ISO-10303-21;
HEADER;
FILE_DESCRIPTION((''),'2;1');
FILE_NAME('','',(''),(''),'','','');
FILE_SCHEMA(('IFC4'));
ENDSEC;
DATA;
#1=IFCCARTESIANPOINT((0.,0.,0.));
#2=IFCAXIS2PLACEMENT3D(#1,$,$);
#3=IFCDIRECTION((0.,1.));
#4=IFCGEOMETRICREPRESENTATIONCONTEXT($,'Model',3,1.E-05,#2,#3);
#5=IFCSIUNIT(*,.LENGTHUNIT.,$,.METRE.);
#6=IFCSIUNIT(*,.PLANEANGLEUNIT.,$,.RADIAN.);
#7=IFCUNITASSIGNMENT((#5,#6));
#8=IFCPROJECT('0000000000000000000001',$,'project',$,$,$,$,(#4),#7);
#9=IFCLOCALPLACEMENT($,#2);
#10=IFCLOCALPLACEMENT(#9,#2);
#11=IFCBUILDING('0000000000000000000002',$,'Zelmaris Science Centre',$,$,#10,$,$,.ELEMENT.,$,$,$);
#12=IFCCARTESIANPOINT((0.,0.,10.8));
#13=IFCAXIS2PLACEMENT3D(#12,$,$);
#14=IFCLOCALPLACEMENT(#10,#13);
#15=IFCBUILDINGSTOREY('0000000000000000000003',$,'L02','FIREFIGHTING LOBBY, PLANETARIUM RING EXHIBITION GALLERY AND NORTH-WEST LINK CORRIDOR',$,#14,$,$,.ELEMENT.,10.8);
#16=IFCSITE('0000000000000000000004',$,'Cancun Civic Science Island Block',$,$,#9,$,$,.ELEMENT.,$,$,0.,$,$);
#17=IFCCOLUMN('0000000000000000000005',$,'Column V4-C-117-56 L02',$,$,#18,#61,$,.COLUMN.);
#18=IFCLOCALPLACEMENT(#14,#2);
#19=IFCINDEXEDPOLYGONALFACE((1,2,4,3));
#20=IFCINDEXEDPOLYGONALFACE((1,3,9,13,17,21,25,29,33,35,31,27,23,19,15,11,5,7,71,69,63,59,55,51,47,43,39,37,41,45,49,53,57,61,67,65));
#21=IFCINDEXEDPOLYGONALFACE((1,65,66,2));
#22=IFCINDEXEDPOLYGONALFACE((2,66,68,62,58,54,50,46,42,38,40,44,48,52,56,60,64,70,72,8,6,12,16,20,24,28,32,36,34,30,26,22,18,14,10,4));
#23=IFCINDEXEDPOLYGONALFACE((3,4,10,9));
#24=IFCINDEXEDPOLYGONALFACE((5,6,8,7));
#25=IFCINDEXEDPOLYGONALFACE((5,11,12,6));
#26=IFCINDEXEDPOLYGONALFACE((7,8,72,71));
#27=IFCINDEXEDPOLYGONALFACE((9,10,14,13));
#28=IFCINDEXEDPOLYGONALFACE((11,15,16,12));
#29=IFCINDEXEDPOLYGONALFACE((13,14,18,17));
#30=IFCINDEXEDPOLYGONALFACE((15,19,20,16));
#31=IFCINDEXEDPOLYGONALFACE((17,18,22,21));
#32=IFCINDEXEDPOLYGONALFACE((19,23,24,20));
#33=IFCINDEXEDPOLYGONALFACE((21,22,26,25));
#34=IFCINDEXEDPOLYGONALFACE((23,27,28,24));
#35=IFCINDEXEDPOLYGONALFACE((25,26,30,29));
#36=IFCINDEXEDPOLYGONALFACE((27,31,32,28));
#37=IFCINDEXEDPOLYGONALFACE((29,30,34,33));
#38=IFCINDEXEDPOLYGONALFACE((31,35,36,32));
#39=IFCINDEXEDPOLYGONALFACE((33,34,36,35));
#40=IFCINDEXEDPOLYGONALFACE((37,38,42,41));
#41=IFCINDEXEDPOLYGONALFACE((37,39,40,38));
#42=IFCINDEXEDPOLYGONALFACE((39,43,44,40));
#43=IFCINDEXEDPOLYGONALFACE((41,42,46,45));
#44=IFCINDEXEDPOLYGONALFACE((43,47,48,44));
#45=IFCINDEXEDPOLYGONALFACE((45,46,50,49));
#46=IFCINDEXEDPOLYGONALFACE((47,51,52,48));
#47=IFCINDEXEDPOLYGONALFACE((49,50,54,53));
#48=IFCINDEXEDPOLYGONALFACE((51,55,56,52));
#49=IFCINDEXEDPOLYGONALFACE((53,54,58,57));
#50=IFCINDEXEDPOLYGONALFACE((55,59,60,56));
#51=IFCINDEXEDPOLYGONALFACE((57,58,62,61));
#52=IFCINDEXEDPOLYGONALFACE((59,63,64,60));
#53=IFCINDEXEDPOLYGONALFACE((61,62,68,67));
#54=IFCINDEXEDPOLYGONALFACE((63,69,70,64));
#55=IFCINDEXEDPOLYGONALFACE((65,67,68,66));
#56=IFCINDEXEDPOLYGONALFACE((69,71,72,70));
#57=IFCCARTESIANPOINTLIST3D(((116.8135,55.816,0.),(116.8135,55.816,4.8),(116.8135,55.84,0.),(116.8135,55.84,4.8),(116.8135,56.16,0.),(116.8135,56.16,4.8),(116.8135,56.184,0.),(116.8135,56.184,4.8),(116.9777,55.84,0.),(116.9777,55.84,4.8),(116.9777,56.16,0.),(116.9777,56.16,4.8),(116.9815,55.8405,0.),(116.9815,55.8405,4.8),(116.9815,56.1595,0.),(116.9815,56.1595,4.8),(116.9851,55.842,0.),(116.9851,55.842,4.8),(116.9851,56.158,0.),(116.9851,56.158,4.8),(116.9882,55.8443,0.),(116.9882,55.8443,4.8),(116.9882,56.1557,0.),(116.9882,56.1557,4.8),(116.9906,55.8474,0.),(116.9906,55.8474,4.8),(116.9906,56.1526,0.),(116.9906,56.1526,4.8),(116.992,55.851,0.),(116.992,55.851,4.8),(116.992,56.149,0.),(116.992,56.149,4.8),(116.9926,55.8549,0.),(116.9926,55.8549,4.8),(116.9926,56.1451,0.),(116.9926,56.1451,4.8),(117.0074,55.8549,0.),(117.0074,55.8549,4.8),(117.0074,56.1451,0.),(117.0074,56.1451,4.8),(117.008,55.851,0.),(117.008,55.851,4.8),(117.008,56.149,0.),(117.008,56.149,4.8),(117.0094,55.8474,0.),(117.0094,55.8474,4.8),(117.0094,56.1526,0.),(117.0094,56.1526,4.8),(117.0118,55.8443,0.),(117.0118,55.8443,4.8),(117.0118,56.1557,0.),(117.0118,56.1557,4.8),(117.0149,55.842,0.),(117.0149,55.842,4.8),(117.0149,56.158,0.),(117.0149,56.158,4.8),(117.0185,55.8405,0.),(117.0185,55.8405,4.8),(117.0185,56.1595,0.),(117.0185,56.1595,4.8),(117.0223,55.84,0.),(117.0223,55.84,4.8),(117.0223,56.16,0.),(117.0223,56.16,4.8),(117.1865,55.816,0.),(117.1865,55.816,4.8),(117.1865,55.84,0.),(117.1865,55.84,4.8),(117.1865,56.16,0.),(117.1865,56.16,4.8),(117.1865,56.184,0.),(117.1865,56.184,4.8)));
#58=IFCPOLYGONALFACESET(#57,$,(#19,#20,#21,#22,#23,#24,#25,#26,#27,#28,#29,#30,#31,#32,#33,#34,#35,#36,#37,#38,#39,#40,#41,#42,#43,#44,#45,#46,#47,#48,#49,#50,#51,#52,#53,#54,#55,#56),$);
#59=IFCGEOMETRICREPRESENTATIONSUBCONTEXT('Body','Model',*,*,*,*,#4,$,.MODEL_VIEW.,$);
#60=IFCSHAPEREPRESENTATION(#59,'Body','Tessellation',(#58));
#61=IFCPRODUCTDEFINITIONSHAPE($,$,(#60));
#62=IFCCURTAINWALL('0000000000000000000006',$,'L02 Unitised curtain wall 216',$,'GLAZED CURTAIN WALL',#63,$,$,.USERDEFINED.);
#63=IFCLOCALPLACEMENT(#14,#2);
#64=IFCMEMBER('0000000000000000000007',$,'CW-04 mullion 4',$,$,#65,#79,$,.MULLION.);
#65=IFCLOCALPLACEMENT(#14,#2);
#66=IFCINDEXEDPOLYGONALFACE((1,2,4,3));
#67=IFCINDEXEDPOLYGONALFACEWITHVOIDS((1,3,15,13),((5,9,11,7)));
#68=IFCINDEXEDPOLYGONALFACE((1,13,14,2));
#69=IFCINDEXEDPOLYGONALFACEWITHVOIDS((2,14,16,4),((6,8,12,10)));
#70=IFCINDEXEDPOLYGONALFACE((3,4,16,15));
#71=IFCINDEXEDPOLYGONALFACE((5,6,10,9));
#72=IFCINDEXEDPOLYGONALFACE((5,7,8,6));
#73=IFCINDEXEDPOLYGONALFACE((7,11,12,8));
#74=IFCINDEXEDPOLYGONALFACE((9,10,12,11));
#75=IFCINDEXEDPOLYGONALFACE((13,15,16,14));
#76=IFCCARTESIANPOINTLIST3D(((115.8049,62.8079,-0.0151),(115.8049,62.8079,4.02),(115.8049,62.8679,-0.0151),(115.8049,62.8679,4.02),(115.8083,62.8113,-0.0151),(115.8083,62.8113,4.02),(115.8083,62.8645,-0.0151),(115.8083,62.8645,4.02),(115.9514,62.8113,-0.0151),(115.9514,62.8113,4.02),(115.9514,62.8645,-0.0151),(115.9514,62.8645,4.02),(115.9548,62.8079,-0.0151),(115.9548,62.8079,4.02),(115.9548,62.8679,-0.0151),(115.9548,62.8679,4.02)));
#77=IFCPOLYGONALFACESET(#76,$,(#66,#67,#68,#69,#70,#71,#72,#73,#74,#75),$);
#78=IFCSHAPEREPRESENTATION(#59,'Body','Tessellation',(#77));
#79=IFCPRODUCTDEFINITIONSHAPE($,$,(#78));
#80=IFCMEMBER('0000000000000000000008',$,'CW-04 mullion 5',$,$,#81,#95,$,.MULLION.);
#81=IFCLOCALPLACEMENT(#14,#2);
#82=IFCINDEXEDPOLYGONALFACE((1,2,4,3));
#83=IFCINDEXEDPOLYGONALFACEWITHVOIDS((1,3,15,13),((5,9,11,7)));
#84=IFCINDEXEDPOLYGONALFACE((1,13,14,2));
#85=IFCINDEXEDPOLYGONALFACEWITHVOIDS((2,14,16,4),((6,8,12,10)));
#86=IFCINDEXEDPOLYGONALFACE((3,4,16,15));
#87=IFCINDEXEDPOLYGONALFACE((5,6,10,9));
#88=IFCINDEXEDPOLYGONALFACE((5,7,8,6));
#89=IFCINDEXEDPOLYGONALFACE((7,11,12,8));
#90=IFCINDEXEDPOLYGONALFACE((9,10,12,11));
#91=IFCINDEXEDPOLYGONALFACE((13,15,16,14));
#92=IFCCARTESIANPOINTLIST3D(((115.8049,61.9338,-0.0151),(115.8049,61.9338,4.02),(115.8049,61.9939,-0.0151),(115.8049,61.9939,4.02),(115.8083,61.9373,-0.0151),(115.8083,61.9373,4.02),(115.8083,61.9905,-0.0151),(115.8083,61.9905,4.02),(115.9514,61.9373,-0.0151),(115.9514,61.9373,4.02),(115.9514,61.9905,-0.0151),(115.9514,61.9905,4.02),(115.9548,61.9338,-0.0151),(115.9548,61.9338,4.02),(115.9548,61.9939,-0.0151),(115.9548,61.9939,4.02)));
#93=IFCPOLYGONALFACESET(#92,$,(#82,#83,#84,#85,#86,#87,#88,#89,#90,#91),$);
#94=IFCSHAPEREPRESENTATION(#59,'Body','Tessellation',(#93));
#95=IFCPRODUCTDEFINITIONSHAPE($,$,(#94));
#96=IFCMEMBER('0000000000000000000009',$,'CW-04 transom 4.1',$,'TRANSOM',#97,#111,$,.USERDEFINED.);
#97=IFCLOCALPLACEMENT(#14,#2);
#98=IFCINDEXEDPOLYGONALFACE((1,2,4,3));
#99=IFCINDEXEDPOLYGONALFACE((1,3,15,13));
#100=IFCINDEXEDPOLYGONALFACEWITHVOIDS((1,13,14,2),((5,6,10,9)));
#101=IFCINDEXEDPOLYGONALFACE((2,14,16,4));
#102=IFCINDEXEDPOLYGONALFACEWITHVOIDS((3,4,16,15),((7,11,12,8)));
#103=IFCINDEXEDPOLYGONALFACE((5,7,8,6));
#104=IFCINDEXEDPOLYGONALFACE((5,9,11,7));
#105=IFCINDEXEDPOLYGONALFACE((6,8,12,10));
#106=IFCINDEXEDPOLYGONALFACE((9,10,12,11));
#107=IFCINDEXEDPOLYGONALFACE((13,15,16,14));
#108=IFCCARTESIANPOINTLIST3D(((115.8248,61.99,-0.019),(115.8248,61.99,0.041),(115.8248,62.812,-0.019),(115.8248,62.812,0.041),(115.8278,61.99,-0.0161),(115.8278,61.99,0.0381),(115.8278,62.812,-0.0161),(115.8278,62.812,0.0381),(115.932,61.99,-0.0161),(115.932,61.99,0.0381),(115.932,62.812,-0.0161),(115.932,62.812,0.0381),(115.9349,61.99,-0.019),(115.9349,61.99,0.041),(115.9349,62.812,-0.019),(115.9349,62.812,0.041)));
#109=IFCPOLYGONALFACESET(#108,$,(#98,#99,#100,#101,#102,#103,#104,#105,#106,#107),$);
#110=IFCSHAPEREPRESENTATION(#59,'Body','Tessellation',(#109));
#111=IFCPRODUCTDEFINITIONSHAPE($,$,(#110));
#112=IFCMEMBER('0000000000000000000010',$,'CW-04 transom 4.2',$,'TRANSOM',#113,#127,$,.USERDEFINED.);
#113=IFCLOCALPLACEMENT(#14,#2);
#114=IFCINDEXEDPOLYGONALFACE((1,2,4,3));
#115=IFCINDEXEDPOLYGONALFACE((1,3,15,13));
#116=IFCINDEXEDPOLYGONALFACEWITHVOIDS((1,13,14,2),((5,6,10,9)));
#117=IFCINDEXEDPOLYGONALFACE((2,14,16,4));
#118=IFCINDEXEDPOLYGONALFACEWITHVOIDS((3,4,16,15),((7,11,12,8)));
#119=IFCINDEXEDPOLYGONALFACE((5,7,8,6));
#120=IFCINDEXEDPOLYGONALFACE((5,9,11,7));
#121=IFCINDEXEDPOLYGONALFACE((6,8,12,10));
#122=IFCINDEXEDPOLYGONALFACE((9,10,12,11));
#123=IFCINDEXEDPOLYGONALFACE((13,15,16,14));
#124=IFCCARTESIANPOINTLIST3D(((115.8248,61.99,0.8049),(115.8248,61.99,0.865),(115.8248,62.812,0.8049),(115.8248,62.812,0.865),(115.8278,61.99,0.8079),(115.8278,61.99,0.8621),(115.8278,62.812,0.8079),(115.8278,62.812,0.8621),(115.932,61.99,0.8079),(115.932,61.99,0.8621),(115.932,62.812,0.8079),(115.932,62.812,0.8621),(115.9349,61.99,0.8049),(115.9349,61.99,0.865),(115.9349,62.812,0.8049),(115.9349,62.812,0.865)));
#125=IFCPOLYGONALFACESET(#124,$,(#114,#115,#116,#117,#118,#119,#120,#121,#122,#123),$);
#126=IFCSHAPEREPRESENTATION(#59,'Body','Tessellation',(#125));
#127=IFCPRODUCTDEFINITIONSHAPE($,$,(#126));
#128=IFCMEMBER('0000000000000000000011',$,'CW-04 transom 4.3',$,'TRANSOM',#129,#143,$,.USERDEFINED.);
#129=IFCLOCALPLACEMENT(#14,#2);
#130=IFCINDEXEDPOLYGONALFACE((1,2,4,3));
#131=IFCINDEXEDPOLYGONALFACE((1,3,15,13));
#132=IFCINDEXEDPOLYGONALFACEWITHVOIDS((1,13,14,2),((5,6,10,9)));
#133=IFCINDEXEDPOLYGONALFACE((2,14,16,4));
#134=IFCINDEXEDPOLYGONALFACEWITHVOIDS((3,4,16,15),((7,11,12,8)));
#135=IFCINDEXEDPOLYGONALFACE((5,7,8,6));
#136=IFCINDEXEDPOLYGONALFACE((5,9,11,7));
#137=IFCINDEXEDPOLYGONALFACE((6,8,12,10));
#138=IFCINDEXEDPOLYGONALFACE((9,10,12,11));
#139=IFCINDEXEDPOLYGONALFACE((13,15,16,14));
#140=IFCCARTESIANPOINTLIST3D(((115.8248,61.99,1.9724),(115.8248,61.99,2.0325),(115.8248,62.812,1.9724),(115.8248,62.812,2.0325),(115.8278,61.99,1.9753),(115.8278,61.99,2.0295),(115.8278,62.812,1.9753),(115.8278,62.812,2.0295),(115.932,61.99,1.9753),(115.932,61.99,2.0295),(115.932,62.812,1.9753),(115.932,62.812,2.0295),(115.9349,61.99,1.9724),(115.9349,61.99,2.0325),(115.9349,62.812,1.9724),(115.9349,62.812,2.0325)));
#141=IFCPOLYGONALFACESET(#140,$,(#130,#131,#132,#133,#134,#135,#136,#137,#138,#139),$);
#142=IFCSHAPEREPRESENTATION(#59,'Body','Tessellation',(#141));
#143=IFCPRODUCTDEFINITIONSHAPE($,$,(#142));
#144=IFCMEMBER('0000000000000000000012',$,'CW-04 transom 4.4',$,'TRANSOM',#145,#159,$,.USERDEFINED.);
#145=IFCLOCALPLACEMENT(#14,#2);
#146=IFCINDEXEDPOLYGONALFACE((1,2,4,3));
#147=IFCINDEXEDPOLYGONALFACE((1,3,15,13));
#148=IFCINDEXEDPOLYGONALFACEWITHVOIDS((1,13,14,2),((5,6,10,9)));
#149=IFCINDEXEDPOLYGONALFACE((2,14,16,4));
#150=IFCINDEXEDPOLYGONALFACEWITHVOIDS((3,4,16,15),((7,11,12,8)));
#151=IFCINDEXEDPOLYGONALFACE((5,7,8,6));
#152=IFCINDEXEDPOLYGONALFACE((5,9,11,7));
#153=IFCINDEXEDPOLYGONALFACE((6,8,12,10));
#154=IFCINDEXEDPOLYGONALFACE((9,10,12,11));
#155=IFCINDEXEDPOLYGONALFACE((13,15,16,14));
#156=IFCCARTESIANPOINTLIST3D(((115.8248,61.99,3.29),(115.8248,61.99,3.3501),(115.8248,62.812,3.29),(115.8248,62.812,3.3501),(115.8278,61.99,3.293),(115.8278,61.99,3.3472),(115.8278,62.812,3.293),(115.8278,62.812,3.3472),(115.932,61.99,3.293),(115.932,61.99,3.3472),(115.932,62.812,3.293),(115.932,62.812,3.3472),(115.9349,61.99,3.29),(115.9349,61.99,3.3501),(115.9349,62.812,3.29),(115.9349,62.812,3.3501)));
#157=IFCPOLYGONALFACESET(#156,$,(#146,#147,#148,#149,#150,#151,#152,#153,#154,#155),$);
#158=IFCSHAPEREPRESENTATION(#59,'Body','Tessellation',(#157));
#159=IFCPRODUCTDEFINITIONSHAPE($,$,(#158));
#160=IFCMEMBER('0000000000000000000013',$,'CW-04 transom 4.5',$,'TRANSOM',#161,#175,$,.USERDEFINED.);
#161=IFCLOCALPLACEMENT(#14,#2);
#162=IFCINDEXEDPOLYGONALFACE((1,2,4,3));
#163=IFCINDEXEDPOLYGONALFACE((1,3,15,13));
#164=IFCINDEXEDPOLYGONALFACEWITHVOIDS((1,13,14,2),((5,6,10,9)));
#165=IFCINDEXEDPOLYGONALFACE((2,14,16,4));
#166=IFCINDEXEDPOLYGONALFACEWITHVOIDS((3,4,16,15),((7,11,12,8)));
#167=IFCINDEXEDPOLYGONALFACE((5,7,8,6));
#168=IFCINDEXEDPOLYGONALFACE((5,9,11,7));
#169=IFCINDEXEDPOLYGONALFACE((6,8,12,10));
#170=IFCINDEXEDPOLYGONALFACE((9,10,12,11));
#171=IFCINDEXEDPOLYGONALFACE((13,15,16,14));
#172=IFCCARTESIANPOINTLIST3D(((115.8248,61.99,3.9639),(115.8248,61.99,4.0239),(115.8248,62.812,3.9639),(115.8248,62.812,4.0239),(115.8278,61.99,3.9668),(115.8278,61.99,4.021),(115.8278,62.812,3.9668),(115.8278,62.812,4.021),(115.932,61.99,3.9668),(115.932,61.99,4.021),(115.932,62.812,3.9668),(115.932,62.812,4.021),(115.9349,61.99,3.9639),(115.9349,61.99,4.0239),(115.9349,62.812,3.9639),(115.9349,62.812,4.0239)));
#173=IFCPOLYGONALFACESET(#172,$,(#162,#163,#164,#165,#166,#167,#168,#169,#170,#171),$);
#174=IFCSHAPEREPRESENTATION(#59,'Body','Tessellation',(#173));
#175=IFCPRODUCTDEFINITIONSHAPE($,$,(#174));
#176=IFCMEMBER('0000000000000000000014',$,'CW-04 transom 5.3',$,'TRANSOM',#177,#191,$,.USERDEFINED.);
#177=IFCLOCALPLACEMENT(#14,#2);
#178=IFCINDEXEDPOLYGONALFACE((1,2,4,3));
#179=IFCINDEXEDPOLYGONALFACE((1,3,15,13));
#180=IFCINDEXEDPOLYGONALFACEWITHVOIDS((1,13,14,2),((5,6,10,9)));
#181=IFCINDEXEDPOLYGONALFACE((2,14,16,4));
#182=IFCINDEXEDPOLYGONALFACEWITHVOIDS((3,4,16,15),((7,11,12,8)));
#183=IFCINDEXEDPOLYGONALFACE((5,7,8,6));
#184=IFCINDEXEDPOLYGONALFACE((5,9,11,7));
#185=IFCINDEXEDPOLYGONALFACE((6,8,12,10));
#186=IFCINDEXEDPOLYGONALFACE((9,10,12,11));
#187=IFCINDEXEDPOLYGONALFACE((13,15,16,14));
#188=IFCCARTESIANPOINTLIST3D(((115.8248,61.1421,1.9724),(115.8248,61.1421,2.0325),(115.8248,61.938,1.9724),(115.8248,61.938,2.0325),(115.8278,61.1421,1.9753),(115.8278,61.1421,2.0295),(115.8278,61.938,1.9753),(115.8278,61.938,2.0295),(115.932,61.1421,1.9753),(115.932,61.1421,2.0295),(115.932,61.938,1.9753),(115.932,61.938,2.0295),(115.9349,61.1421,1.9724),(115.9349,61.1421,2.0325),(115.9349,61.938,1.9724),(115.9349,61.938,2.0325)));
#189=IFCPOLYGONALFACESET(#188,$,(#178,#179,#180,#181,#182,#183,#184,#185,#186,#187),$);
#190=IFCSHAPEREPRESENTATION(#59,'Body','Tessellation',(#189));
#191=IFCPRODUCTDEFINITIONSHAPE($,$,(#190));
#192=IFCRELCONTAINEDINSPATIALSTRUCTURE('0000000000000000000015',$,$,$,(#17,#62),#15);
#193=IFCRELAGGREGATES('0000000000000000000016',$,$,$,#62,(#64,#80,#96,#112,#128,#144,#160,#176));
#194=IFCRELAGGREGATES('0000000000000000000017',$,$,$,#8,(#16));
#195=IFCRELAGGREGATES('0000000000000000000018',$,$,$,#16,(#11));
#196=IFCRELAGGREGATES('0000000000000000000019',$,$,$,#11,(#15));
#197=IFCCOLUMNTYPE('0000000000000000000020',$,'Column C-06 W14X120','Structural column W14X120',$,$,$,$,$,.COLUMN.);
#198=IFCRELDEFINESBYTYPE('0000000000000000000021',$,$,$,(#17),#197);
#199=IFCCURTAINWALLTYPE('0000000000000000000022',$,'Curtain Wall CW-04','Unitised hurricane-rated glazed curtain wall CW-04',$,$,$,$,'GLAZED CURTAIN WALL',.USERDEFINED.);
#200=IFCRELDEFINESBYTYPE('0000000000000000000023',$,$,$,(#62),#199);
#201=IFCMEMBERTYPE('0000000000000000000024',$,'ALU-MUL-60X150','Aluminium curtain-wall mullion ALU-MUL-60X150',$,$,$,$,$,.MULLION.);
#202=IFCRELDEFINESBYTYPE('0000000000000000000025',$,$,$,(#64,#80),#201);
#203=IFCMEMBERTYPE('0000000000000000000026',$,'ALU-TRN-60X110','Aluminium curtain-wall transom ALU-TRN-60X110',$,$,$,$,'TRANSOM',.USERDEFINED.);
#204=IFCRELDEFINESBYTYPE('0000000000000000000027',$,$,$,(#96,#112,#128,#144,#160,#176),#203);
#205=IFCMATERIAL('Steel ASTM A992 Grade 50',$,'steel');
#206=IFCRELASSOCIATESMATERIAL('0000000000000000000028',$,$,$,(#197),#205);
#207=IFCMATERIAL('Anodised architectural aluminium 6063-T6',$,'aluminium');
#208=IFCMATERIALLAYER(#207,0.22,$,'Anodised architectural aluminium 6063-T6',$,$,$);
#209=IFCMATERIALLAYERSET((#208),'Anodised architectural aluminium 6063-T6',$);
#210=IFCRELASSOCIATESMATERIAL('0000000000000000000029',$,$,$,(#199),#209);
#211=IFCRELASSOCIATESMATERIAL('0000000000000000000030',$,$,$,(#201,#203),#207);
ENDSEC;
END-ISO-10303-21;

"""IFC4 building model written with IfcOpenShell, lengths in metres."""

from ifc_helpers import new_model, si_unit, direction, frame, origin, origin_2d, place, context, subcontext, project, spatial, hollow_rectangle, i_section, extrude, material, layer, layer_set, material_profile, profile_set, type_object, element, aggregate, save


model = new_model("IFC4")

# Units and contexts
model_context = context("Model", 3, precision=1e-05, world=origin(), true_north=direction((0.0, 1.0)))
body_context = subcontext(model_context, "Body", "Model", "MODEL_VIEW")
ifc_project = project(units=[si_unit("LENGTHUNIT", "METRE"), si_unit("PLANEANGLEUNIT", "RADIAN")], contexts=[model_context])

# Site, building, storey
site_placement = place(None, origin())
site = spatial("IfcSite", under=ifc_project, at=site_placement, Name="Cancun Civic Science Island Block", CompositionType="ELEMENT", RefElevation=0.0)
building_placement = place(site_placement, origin())
building = spatial("IfcBuilding", under=site, at=building_placement, Name="Zelmaris Science Centre", CompositionType="ELEMENT")
storey_placement = place(building_placement, frame((0.0, 0.0, 10.8)))
storey = spatial("IfcBuildingStorey", under=building, at=storey_placement, Name="L02", Description="FIREFIGHTING LOBBY, PLANETARIUM RING EXHIBITION GALLERY AND NORTH-WEST LINK CORRIDOR", CompositionType="ELEMENT", Elevation=10.8)

# Column
ifc_material_1 = material(Name="Steel ASTM A992 Grade 50", Category="steel")
ifc_material_profile_1 = material_profile(ifc_material_1, i_section(OverallWidth=0.373, OverallDepth=0.3679, WebThickness=0.0149, FlangeThickness=0.0239, FilletRadius=0.0149, at=origin_2d()), Name="W14X120")
ifc_profile_set_1 = profile_set([ifc_material_profile_1], Name="Steel ASTM A992 Grade 50")
column_type = type_object("IfcColumnType", Name="Column C-06 W14X120", Description="Structural column W14X120", PredefinedType="COLUMN", material=ifc_profile_set_1)
column_placement = place(storey_placement, frame((117.0, 56.0, 0.0), z_axis=(0.0, 0.0, 1.0), x_axis=(1.0, 0.0, 0.0)))
element("IfcColumn", 1, at=column_placement, inside=storey, type_object=column_type, Name="Column V4-C-117-56 L02", PredefinedType="COLUMN", context=body_context, shape_type="SweptSolid", body=[
    extrude(i_section(OverallWidth=0.373, OverallDepth=0.3679, WebThickness=0.0149, FlangeThickness=0.0239, FilletRadius=0.0149, at=origin_2d()), origin(), (0.0, 0.0, 1.0), 4.8),
])

# Curtain wall, members
ifc_material_2 = material(Name="Anodised architectural aluminium 6063-T6", Category="aluminium")
ifc_layer_1 = layer(ifc_material_2, 0.22, Name="Anodised architectural aluminium 6063-T6")
ifc_layer_set_1 = layer_set([ifc_layer_1], Name="Anodised architectural aluminium 6063-T6")
curtain_wall_type = type_object("IfcCurtainWallType", Name="Curtain Wall CW-04", Description="Unitised hurricane-rated glazed curtain wall CW-04", ElementType="GLAZED CURTAIN WALL", PredefinedType="USERDEFINED", material=ifc_layer_set_1)
curtain_wall_placement = place(storey_placement, origin())
curtain_wall = element("IfcCurtainWall", 2, at=curtain_wall_placement, inside=storey, type_object=curtain_wall_type, Name="L02 Unitised curtain wall 216", ObjectType="GLAZED CURTAIN WALL", PredefinedType="USERDEFINED")
ifc_material_profile_2 = material_profile(ifc_material_2, hollow_rectangle(XDim=0.0601, YDim=0.1499, WallThickness=0.0034, at=origin_2d()), Name="ALU-MUL-60X150")
ifc_profile_set_2 = profile_set([ifc_material_profile_2], Name="Anodised architectural aluminium 6063-T6")
member_type_1 = type_object("IfcMemberType", Name="ALU-MUL-60X150", Description="Aluminium curtain-wall mullion ALU-MUL-60X150", PredefinedType="MULLION", material=ifc_profile_set_2)
member_1_placement = place(storey_placement, frame((115.8799, 62.8379, -0.0151), z_axis=(0.0, 0.0, 1.0), x_axis=(0.000007, -1.0, 0.0)))
member_1 = element("IfcMember", 3, at=member_1_placement, type_object=member_type_1, Name="CW-04 mullion 4", PredefinedType="MULLION", context=body_context, shape_type="SweptSolid", body=[
    extrude(hollow_rectangle(XDim=0.0601, YDim=0.1499, WallThickness=0.0034, at=origin_2d()), origin(), (0.0, 0.0, 1.0), 4.0352),
])
member_2_placement = place(storey_placement, frame((115.8799, 61.9639, -0.0151), z_axis=(0.0, 0.0, 1.0), x_axis=(0.000007, -1.0, 0.0)))
member_2 = element("IfcMember", 4, at=member_2_placement, type_object=member_type_1, Name="CW-04 mullion 5", PredefinedType="MULLION", context=body_context, shape_type="SweptSolid", body=[
    extrude(hollow_rectangle(XDim=0.0601, YDim=0.1499, WallThickness=0.0034, at=origin_2d()), origin(), (0.0, 0.0, 1.0), 4.0352),
])
ifc_material_profile_3 = material_profile(ifc_material_2, hollow_rectangle(XDim=0.0601, YDim=0.1101, WallThickness=0.0029, at=origin_2d()), Name="ALU-TRN-60X110")
ifc_profile_set_3 = profile_set([ifc_material_profile_3], Name="Anodised architectural aluminium 6063-T6")
member_type_2 = type_object("IfcMemberType", Name="ALU-TRN-60X110", Description="Aluminium curtain-wall transom ALU-TRN-60X110", ElementType="TRANSOM", PredefinedType="USERDEFINED", material=ifc_profile_set_3)
member_3_placement = place(storey_placement, frame((115.8799, 62.812, 0.011), z_axis=(0.0, -1.0, 0.0), x_axis=(0.0, 0.0, 1.0)))
member_3 = element("IfcMember", 5, at=member_3_placement, type_object=member_type_2, Name="CW-04 transom 4.1", ObjectType="TRANSOM", PredefinedType="USERDEFINED", context=body_context, shape_type="SweptSolid", body=[
    extrude(hollow_rectangle(XDim=0.0601, YDim=0.1101, WallThickness=0.0029, at=origin_2d()), origin(), (0.0, 0.0, 1.0), 0.822),
])
member_4_placement = place(storey_placement, frame((115.8799, 62.812, 0.835), z_axis=(0.0, -1.0, 0.0), x_axis=(0.0, 0.0, 1.0)))
member_4 = element("IfcMember", 6, at=member_4_placement, type_object=member_type_2, Name="CW-04 transom 4.2", ObjectType="TRANSOM", PredefinedType="USERDEFINED", context=body_context, shape_type="SweptSolid", body=[
    extrude(hollow_rectangle(XDim=0.0601, YDim=0.1101, WallThickness=0.0029, at=origin_2d()), origin(), (0.0, 0.0, 1.0), 0.822),
])
member_5_placement = place(storey_placement, frame((115.8799, 62.812, 2.0024), z_axis=(0.0, -1.0, 0.0), x_axis=(0.0, 0.0, 1.0)))
member_5 = element("IfcMember", 7, at=member_5_placement, type_object=member_type_2, Name="CW-04 transom 4.3", ObjectType="TRANSOM", PredefinedType="USERDEFINED", context=body_context, shape_type="SweptSolid", body=[
    extrude(hollow_rectangle(XDim=0.0601, YDim=0.1101, WallThickness=0.0029, at=origin_2d()), origin(), (0.0, 0.0, 1.0), 0.822),
])
member_6_placement = place(storey_placement, frame((115.8799, 62.812, 3.3201), z_axis=(0.0, -1.0, 0.0), x_axis=(0.0, 0.0, 1.0)))
member_6 = element("IfcMember", 8, at=member_6_placement, type_object=member_type_2, Name="CW-04 transom 4.4", ObjectType="TRANSOM", PredefinedType="USERDEFINED", context=body_context, shape_type="SweptSolid", body=[
    extrude(hollow_rectangle(XDim=0.0601, YDim=0.1101, WallThickness=0.0029, at=origin_2d()), origin(), (0.0, 0.0, 1.0), 0.822),
])
member_7_placement = place(storey_placement, frame((115.8799, 62.812, 3.9939), z_axis=(0.0, -1.0, 0.0), x_axis=(0.0, 0.0, 1.0)))
member_7 = element("IfcMember", 9, at=member_7_placement, type_object=member_type_2, Name="CW-04 transom 4.5", ObjectType="TRANSOM", PredefinedType="USERDEFINED", context=body_context, shape_type="SweptSolid", body=[
    extrude(hollow_rectangle(XDim=0.0601, YDim=0.1101, WallThickness=0.0029, at=origin_2d()), origin(), (0.0, 0.0, 1.0), 0.822),
])
member_8_placement = place(storey_placement, frame((115.8799, 61.938, 2.0024), z_axis=(0.0, -1.0, 0.0), x_axis=(0.0, 0.0, 1.0)))
member_8 = element("IfcMember", 10, at=member_8_placement, type_object=member_type_2, Name="CW-04 transom 5.3", ObjectType="TRANSOM", PredefinedType="USERDEFINED", context=body_context, shape_type="SweptSolid", body=[
    extrude(hollow_rectangle(XDim=0.0601, YDim=0.1101, WallThickness=0.0029, at=origin_2d()), origin(), (0.0, 0.0, 1.0), 0.7959),
])

aggregate(curtain_wall, [member_1, member_2, member_3, member_4, member_5, member_6, member_7, member_8])

save(model, "model.ifc")
